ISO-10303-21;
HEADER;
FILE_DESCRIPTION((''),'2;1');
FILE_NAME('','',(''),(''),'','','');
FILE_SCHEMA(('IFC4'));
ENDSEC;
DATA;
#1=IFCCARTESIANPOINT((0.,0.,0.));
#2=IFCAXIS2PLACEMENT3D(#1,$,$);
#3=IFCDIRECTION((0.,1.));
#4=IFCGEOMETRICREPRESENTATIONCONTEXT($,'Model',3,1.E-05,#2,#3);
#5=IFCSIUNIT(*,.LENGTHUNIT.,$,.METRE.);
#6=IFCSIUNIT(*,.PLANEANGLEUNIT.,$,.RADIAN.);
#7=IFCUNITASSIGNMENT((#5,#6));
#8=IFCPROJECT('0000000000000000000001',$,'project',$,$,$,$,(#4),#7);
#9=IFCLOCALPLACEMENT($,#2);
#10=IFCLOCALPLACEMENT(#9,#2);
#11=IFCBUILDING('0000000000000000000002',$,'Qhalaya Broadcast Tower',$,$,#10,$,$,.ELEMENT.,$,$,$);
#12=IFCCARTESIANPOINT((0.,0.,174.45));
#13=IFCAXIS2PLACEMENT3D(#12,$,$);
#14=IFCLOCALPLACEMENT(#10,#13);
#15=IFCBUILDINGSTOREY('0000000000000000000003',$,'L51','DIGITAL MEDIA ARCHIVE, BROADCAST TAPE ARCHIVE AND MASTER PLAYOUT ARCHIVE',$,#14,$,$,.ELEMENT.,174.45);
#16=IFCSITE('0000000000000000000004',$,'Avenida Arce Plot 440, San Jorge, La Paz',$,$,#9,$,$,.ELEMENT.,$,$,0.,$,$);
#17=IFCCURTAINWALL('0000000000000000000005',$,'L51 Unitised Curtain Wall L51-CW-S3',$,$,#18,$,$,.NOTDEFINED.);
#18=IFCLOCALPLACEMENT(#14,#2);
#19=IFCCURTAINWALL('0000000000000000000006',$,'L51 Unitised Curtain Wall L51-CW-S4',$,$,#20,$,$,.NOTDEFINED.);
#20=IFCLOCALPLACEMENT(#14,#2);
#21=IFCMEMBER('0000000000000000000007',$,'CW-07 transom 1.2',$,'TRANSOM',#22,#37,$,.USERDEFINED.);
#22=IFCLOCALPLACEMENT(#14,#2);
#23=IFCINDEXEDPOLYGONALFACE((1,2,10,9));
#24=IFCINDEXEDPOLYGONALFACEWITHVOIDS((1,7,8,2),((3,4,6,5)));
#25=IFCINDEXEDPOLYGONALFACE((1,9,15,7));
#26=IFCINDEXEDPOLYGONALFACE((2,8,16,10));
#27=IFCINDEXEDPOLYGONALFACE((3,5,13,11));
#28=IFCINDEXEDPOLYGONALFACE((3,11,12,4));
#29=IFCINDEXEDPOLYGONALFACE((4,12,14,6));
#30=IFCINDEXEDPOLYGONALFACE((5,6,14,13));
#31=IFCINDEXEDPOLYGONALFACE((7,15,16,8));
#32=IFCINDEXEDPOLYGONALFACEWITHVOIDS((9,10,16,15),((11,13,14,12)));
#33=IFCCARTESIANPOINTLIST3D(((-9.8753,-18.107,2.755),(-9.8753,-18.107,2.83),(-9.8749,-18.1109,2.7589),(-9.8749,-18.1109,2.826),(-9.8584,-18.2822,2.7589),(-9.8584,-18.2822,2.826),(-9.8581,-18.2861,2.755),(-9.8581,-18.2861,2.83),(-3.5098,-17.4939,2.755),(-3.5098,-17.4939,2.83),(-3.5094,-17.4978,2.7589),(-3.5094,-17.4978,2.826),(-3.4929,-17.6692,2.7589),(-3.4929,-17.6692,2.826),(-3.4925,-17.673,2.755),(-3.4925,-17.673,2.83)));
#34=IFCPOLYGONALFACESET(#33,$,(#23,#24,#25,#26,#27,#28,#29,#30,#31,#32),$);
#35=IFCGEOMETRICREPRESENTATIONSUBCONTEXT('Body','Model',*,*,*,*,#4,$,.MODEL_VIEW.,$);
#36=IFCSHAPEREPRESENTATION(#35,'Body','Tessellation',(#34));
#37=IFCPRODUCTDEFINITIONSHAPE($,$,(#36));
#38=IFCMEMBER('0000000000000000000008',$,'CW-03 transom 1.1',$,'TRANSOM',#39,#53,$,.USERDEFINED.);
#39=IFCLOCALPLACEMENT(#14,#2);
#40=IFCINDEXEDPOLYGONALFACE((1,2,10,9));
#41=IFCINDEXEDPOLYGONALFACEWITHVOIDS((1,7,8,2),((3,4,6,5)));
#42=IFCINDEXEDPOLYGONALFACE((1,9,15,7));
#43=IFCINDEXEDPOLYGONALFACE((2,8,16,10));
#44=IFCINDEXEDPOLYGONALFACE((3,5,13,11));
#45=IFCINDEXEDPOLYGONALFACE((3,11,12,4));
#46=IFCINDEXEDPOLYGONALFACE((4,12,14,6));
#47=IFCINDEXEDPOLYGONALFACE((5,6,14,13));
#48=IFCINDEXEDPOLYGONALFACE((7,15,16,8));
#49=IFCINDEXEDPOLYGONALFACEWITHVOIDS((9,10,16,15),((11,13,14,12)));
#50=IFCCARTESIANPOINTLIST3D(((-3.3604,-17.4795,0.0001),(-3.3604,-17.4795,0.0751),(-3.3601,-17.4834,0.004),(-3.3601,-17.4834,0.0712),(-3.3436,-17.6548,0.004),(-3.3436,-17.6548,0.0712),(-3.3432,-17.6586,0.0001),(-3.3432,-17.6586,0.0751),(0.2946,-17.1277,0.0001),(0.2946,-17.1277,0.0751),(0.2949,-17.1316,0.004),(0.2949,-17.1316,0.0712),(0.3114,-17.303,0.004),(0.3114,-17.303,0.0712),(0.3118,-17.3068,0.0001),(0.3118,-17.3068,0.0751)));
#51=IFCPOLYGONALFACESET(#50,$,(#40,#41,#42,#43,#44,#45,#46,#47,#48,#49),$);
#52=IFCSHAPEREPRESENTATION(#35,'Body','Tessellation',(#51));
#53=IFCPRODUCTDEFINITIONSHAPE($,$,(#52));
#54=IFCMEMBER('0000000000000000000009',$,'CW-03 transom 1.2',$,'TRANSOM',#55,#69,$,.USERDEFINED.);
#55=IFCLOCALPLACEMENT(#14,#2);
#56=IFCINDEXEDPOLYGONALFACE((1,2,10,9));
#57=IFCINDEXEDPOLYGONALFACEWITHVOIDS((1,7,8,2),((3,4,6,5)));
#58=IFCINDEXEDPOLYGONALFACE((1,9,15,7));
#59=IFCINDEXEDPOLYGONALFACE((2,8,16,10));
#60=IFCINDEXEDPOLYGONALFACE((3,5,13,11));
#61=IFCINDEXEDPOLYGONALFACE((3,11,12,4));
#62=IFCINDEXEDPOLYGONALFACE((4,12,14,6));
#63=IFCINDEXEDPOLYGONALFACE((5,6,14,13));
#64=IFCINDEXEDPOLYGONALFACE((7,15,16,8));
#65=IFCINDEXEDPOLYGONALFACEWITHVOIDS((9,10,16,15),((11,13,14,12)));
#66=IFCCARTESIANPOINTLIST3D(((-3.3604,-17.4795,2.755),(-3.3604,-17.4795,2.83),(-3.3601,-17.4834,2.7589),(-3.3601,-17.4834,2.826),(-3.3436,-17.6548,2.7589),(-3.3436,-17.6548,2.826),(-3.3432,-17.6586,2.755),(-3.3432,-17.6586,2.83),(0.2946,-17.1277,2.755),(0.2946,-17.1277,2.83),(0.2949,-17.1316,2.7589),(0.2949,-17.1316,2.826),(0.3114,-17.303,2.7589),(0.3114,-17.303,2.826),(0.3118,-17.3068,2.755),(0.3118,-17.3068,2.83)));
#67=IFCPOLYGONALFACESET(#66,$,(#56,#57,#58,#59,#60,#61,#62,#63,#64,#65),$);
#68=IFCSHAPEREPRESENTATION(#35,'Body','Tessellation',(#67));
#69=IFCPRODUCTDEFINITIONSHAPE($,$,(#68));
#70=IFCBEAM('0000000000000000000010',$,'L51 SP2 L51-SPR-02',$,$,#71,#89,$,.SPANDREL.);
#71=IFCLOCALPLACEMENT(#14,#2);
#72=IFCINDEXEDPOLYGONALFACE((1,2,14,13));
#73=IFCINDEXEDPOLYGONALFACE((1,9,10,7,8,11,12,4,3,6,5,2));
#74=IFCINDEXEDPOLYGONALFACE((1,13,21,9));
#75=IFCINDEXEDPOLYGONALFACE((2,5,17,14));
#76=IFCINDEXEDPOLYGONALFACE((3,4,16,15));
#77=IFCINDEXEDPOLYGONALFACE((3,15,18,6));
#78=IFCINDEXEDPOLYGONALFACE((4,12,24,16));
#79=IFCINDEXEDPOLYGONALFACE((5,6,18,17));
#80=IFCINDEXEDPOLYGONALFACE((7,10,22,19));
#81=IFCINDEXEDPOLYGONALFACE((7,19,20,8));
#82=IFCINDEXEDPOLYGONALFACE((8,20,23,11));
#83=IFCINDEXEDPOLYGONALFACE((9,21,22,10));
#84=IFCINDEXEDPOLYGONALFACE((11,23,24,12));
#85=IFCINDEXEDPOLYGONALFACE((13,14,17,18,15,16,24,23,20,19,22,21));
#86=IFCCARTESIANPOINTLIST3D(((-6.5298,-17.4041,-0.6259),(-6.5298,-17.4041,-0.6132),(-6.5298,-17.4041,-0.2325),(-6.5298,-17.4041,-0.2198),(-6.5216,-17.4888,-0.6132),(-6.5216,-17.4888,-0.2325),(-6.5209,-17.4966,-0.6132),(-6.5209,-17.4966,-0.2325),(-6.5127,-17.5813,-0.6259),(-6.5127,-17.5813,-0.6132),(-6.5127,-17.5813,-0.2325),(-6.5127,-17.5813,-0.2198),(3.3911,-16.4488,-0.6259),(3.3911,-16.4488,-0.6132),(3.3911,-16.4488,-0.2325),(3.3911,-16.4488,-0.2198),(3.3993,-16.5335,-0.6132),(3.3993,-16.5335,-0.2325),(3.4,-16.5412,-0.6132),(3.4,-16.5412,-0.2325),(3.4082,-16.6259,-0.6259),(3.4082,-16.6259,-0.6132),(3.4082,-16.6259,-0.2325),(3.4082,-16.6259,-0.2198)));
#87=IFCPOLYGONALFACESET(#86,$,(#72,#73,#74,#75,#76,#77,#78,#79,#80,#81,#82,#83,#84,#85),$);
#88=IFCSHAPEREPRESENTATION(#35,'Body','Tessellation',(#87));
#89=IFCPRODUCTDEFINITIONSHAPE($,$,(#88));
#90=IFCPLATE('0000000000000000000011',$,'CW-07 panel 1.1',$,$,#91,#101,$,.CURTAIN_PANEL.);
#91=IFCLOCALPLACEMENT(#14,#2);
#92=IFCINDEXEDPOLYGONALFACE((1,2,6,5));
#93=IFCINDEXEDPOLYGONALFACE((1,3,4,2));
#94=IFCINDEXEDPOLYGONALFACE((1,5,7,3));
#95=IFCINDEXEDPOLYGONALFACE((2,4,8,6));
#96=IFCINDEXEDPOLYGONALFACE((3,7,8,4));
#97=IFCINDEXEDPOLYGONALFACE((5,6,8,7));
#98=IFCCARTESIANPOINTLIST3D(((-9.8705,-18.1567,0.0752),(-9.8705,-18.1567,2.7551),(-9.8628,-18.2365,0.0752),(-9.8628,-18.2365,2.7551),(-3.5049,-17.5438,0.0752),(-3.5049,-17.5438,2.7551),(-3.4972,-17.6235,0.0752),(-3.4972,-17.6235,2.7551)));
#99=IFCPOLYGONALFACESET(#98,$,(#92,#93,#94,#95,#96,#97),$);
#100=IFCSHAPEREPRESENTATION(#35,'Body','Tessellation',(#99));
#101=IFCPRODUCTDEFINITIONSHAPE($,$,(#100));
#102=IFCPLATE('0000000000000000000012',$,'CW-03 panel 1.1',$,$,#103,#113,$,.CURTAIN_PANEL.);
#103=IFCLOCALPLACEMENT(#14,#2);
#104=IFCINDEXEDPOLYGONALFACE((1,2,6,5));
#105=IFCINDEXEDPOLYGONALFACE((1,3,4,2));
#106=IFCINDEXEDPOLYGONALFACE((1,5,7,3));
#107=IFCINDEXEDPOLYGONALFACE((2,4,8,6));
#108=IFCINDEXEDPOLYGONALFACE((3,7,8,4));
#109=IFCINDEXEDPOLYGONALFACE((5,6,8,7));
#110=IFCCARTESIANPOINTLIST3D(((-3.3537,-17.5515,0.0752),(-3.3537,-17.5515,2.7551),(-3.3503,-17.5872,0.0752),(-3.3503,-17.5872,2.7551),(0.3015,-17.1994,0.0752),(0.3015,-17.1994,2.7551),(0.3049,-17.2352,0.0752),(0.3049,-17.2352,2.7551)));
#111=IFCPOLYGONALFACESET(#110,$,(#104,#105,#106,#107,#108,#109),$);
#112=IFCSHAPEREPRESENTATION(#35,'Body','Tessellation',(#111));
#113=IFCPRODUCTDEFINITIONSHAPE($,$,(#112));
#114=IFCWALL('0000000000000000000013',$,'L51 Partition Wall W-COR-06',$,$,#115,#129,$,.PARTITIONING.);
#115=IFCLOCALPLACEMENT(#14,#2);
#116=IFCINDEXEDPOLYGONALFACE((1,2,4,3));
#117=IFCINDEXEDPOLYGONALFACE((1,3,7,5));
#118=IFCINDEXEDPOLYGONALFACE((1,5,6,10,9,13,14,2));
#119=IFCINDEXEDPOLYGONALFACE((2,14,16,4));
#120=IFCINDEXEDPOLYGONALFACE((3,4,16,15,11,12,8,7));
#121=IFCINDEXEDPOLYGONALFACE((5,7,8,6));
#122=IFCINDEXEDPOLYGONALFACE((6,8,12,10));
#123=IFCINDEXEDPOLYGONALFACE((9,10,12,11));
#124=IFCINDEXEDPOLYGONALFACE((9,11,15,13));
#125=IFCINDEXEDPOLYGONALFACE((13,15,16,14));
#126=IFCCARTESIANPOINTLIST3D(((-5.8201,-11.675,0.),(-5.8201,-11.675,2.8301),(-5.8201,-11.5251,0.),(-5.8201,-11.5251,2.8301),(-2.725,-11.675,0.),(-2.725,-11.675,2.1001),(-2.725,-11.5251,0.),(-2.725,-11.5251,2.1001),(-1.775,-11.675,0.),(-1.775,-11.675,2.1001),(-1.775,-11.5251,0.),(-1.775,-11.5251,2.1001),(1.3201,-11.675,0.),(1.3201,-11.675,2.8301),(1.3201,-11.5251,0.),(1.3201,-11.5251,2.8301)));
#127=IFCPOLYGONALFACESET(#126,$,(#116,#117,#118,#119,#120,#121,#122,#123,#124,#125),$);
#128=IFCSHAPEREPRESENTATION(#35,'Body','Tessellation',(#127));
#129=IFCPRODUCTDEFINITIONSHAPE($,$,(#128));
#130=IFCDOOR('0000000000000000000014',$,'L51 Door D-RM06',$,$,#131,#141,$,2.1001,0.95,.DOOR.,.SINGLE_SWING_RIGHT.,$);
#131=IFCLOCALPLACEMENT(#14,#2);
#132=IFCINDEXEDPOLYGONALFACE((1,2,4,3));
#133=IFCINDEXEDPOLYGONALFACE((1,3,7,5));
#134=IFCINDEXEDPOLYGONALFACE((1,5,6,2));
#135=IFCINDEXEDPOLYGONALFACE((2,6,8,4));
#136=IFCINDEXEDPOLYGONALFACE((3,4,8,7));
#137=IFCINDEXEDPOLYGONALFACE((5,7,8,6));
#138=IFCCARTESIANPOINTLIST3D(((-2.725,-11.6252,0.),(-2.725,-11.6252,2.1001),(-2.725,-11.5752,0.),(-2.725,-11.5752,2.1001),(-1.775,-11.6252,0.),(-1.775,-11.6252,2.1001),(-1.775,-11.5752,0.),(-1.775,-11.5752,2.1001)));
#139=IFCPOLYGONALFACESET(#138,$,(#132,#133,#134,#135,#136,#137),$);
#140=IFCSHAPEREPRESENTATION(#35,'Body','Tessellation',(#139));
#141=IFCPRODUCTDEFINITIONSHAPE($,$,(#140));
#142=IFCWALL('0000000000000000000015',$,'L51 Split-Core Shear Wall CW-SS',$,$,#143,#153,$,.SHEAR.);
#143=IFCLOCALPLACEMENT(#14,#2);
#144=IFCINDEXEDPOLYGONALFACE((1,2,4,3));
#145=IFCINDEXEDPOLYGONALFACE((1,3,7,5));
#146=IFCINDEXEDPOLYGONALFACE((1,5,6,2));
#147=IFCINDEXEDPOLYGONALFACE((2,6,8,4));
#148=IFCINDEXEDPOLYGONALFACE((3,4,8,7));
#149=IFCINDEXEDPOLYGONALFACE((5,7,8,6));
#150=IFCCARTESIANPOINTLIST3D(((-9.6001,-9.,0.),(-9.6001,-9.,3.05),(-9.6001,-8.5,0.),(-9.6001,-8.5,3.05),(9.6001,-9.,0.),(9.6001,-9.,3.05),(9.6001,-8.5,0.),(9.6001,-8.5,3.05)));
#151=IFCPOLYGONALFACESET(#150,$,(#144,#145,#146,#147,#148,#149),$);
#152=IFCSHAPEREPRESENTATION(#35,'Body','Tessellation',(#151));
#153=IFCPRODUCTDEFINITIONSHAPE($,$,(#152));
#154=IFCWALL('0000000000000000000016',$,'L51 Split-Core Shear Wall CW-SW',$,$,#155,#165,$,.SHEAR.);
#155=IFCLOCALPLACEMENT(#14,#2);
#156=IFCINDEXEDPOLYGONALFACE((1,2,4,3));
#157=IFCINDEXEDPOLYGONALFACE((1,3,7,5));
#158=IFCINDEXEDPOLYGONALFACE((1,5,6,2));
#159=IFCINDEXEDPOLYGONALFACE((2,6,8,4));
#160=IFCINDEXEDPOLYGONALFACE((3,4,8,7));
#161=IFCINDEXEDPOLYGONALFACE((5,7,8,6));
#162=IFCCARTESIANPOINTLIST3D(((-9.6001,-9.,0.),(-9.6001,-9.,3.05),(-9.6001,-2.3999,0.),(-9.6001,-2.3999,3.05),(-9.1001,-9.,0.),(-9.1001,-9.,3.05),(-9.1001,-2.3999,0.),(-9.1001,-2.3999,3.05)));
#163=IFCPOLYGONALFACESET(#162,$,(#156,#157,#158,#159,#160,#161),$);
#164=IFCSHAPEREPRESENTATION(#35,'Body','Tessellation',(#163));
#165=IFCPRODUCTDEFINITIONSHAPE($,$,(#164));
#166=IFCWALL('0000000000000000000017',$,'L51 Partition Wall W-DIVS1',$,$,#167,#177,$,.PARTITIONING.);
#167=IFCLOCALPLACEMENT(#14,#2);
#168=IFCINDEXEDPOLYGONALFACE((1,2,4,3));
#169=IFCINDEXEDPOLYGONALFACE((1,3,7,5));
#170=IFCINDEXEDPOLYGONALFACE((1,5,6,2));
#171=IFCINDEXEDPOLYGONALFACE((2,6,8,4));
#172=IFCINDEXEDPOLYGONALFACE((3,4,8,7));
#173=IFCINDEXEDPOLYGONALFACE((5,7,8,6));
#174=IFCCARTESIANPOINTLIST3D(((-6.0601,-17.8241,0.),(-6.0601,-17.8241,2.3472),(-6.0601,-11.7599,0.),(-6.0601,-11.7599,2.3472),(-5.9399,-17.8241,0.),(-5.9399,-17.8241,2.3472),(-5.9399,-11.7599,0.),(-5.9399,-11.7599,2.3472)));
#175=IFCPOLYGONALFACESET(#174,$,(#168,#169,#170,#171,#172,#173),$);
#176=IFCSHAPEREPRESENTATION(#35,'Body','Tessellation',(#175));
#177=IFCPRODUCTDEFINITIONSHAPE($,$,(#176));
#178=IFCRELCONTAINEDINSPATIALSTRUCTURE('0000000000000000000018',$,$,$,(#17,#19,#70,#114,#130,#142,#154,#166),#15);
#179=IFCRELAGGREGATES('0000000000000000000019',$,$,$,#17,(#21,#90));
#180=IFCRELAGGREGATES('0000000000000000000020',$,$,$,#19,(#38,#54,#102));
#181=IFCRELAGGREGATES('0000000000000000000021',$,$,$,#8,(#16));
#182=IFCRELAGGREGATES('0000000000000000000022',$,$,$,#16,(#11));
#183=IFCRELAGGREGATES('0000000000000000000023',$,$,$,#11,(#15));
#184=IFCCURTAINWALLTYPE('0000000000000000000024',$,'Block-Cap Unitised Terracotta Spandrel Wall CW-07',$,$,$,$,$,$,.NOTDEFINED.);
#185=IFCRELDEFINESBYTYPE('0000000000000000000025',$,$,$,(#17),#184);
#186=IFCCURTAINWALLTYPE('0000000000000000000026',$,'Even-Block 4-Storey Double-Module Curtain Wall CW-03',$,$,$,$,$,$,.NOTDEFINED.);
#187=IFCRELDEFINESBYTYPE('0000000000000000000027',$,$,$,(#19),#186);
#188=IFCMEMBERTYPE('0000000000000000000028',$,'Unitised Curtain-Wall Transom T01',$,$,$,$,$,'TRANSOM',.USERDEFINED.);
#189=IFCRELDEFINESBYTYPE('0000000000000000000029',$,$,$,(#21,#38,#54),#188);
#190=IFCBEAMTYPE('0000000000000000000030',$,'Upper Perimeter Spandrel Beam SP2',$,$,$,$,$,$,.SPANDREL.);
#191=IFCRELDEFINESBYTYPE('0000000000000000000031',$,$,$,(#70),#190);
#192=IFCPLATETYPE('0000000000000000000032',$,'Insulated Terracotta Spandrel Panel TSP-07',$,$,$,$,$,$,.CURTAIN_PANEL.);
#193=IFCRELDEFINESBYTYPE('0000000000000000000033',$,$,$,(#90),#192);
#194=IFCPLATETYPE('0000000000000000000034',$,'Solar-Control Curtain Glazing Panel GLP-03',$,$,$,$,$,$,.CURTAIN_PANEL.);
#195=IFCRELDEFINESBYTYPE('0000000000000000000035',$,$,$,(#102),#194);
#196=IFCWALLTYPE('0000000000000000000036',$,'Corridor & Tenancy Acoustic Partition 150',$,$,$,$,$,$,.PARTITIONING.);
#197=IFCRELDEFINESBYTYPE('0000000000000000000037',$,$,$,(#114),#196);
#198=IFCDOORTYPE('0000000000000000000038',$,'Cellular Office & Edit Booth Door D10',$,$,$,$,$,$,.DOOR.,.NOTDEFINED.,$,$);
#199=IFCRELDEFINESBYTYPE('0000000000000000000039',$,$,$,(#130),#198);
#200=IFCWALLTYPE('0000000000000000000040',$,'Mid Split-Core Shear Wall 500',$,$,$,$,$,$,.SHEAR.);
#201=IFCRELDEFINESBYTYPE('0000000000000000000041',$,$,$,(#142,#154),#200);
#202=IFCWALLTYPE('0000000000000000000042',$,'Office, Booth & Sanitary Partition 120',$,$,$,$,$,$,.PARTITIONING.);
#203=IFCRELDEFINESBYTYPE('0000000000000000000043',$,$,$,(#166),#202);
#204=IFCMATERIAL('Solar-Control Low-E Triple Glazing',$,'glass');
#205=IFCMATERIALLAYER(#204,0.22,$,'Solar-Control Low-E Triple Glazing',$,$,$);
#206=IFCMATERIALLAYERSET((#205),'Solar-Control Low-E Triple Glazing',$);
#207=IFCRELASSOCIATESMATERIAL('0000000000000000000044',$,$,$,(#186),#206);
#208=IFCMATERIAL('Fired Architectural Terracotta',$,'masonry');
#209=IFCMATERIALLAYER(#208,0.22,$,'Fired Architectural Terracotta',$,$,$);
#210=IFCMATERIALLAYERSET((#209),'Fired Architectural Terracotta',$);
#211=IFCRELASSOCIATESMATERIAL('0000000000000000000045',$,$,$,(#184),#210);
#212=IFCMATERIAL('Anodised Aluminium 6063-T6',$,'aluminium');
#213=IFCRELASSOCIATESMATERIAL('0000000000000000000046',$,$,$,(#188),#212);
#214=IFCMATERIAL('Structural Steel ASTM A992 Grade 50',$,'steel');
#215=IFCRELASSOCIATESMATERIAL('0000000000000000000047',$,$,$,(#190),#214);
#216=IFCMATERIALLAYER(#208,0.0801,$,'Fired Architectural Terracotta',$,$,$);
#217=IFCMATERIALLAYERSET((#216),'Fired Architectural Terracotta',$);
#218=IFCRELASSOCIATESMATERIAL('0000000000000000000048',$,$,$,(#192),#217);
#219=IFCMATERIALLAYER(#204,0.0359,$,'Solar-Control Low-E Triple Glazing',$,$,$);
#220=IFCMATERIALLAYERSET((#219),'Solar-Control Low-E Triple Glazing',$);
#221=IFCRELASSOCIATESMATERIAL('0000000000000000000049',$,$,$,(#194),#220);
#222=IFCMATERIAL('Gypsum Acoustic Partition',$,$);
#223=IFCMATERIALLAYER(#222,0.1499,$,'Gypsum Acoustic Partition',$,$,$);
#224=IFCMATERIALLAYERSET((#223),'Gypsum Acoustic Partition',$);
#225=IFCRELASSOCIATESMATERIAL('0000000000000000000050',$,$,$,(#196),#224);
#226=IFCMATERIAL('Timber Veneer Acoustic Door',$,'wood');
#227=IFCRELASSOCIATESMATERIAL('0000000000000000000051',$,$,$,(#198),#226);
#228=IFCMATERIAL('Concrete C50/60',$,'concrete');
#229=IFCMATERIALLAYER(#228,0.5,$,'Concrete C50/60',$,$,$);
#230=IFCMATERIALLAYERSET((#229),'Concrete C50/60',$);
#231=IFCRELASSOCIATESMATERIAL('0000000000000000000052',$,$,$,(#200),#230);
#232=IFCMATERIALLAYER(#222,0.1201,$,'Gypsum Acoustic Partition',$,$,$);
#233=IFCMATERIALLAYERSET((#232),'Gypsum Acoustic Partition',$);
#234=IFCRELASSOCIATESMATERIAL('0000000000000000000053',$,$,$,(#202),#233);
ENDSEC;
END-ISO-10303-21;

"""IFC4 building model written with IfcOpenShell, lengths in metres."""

from ifc_helpers import new_model, si_unit, direction, frame, frame_2d, origin, origin_2d, place, context, subcontext, project, spatial, rectangle, hollow_rectangle, i_section, extrude, material, layer, layer_set, material_profile, profile_set, type_object, element, fill, aggregate, save


model = new_model("IFC4")

# Units and contexts
model_context = context("Model", 3, precision=1e-05, world=origin(), true_north=direction((0.0, 1.0)))
body_context = subcontext(model_context, "Body", "Model", "MODEL_VIEW")
ifc_project = project(units=[si_unit("LENGTHUNIT", "METRE"), si_unit("PLANEANGLEUNIT", "RADIAN")], contexts=[model_context])

# Site, building, storey
site_placement = place(None, origin())
site = spatial("IfcSite", under=ifc_project, at=site_placement, Name="Avenida Arce Plot 440, San Jorge, La Paz", CompositionType="ELEMENT", RefElevation=0.0)
building_placement = place(site_placement, origin())
building = spatial("IfcBuilding", under=site, at=building_placement, Name="Qhalaya Broadcast Tower", CompositionType="ELEMENT")
storey_placement = place(building_placement, frame((0.0, 0.0, 174.45)))
storey = spatial("IfcBuildingStorey", under=building, at=storey_placement, Name="L51", Description="DIGITAL MEDIA ARCHIVE, BROADCAST TAPE ARCHIVE AND MASTER PLAYOUT ARCHIVE", CompositionType="ELEMENT", Elevation=174.45)

# Shared definitions
ifc_material_1 = material(Name="Structural Steel ASTM A992 Grade 50", Category="steel")

# Shared definitions
ifc_material_2 = material(Name="Solar-Control Low-E Triple Glazing", Category="glass")
ifc_layer_1 = layer(ifc_material_2, 0.22, Name="Solar-Control Low-E Triple Glazing")
ifc_layer_set_1 = layer_set([ifc_layer_1], Name="Solar-Control Low-E Triple Glazing")
curtain_wall_type_1 = type_object("IfcCurtainWallType", Name="Even-Block 4-Storey Double-Module Curtain Wall CW-03", PredefinedType="NOTDEFINED", material=ifc_layer_set_1)
ifc_material_3 = material(Name="Anodised Aluminium 6063-T6", Category="aluminium")

# Curtain wall
ifc_material_4 = material(Name="Fired Architectural Terracotta", Category="masonry")
ifc_layer_2 = layer(ifc_material_4, 0.22, Name="Fired Architectural Terracotta")
ifc_layer_set_2 = layer_set([ifc_layer_2], Name="Fired Architectural Terracotta")
curtain_wall_type_2 = type_object("IfcCurtainWallType", Name="Block-Cap Unitised Terracotta Spandrel Wall CW-07", PredefinedType="NOTDEFINED", material=ifc_layer_set_2)
curtain_wall_1_placement = place(storey_placement, origin())
curtain_wall_1 = element("IfcCurtainWall", 1, at=curtain_wall_1_placement, inside=storey, type_object=curtain_wall_type_2, Name="L51 Unitised Curtain Wall L51-CW-S3", PredefinedType="NOTDEFINED")

# Curtain wall
curtain_wall_2_placement = place(storey_placement, origin())
curtain_wall_2 = element("IfcCurtainWall", 2, at=curtain_wall_2_placement, inside=storey, type_object=curtain_wall_type_1, Name="L51 Unitised Curtain Wall L51-CW-S4", PredefinedType="NOTDEFINED")

# Members
ifc_material_profile_1 = material_profile(ifc_material_3, hollow_rectangle(XDim=0.075, YDim=0.1799, WallThickness=0.0039, at=origin_2d()), Name="ALU-TRN 75x180x4")
ifc_profile_set_1 = profile_set([ifc_material_profile_1], Name="Anodised Aluminium 6063-T6")
member_type_1 = type_object("IfcMemberType", Name="Unitised Curtain-Wall Transom T01", ElementType="TRANSOM", PredefinedType="USERDEFINED", material=ifc_profile_set_1)
member_1_placement = place(storey_placement, frame((-9.8667, -18.1965, 2.7925), z_axis=(0.995395, 0.095863, 0.0), x_axis=(0.0, 0.0, 1.0)))
member_1 = element("IfcMember", 3, at=member_1_placement, type_object=member_type_1, Name="CW-07 transom 1.2", ObjectType="TRANSOM", PredefinedType="USERDEFINED", context=body_context, shape_type="SweptSolid", body=[
    extrude(hollow_rectangle(XDim=0.075, YDim=0.1799, WallThickness=0.0039, at=origin_2d()), origin(), (0.0, 0.0, 1.0), 6.395),
])
member_2_placement = place(storey_placement, frame((-3.3518, -17.5691, 0.0376), z_axis=(0.9954, 0.09581, 0.0), x_axis=(0.0, 0.0, 1.0)))
member_2 = element("IfcMember", 4, at=member_2_placement, type_object=member_type_1, Name="CW-03 transom 1.1", ObjectType="TRANSOM", PredefinedType="USERDEFINED", context=body_context, shape_type="SweptSolid", body=[
    extrude(hollow_rectangle(XDim=0.075, YDim=0.1799, WallThickness=0.0039, at=origin_2d()), origin(), (0.0, 0.0, 1.0), 3.6719),
])
member_3_placement = place(storey_placement, frame((-3.3518, -17.5691, 2.7925), z_axis=(0.9954, 0.09581, 0.0), x_axis=(0.0, 0.0, 1.0)))
member_3 = element("IfcMember", 5, at=member_3_placement, type_object=member_type_1, Name="CW-03 transom 1.2", ObjectType="TRANSOM", PredefinedType="USERDEFINED", context=body_context, shape_type="SweptSolid", body=[
    extrude(hollow_rectangle(XDim=0.075, YDim=0.1799, WallThickness=0.0039, at=origin_2d()), origin(), (0.0, 0.0, 1.0), 3.6719),
])

# Beam
ifc_material_profile_2 = material_profile(ifc_material_1, i_section(OverallWidth=0.178, OverallDepth=0.406, WebThickness=0.0078, FlangeThickness=0.0127, at=origin_2d()), Name="W16X40")
ifc_profile_set_2 = profile_set([ifc_material_profile_2], Name="Structural Steel ASTM A992 Grade 50")
beam_type_1 = type_object("IfcBeamType", Name="Upper Perimeter Spandrel Beam SP2", PredefinedType="SPANDREL", material=ifc_profile_set_2)
beam_1_placement = place(storey_placement, frame((-6.5212, -17.4927, -0.4229), z_axis=(0.995396, 0.095851, 0.0), x_axis=(-0.095851, 0.995396, 0.0)))
element("IfcBeam", 6, at=beam_1_placement, inside=storey, type_object=beam_type_1, Name="L51 SP2 L51-SPR-02", PredefinedType="SPANDREL", context=body_context, shape_type="SweptSolid", body=[
    extrude(i_section(OverallWidth=0.178, OverallDepth=0.406, WebThickness=0.0078, FlangeThickness=0.0127, at=origin_2d()), origin(), (0.0, 0.0, 1.0), 9.9668),
])

# Plates
ifc_layer_3 = layer(ifc_material_4, 0.0801, Name="Fired Architectural Terracotta")
ifc_layer_set_3 = layer_set([ifc_layer_3], Name="Fired Architectural Terracotta")
plate_type_1 = type_object("IfcPlateType", Name="Insulated Terracotta Spandrel Panel TSP-07", PredefinedType="CURTAIN_PANEL", material=ifc_layer_set_3)
plate_1_placement = place(storey_placement, frame((-6.6838, -17.8901, 0.0752), z_axis=(0.0, 0.0, 1.0), x_axis=(0.995396, 0.095844, 0.0)))
plate_1 = element("IfcPlate", 7, at=plate_1_placement, type_object=plate_type_1, Name="CW-07 panel 1.1", PredefinedType="CURTAIN_PANEL", context=body_context, shape_type="SweptSolid", body=[
    extrude(rectangle(XDim=6.395, YDim=0.0801, at=origin_2d()), origin(), (0.0, 0.0, 1.0), 2.6799),
])
aggregate(curtain_wall_1, [member_1, plate_1])
ifc_layer_4 = layer(ifc_material_2, 0.0359, Name="Solar-Control Low-E Triple Glazing")
ifc_layer_set_4 = layer_set([ifc_layer_4], Name="Solar-Control Low-E Triple Glazing")
plate_type_2 = type_object("IfcPlateType", Name="Solar-Control Curtain Glazing Panel GLP-03", PredefinedType="CURTAIN_PANEL", material=ifc_layer_set_4)
plate_2_placement = place(storey_placement, frame((-1.5244, -17.3933, 0.0752), z_axis=(0.0, 0.0, 1.0), x_axis=(0.995394, 0.095866, 0.0)))
plate_2 = element("IfcPlate", 8, at=plate_2_placement, type_object=plate_type_2, Name="CW-03 panel 1.1", PredefinedType="CURTAIN_PANEL", context=body_context, shape_type="SweptSolid", body=[
    extrude(rectangle(XDim=3.6721, YDim=0.0359, at=origin_2d()), origin(), (0.0, 0.0, 1.0), 2.6799),
])
aggregate(curtain_wall_2, [member_2, member_3, plate_2])

# Wall, opening, door
ifc_material_5 = material(Name="Gypsum Acoustic Partition")
ifc_layer_5 = layer(ifc_material_5, 0.1499, Name="Gypsum Acoustic Partition")
ifc_layer_set_5 = layer_set([ifc_layer_5], Name="Gypsum Acoustic Partition")
wall_type_1 = type_object("IfcWallType", Name="Corridor & Tenancy Acoustic Partition 150", PredefinedType="PARTITIONING", material=ifc_layer_set_5)
wall_1_placement = place(storey_placement, frame((-5.8201, -11.6001, 0.0), z_axis=(0.0, 0.0, 1.0), x_axis=(1.0, 0.0, 0.0)))
wall_1 = element("IfcWall", 9, at=wall_1_placement, inside=storey, type_object=wall_type_1, Name="L51 Partition Wall W-COR-06", PredefinedType="PARTITIONING", context=body_context, shape_type="SweptSolid", body=[
    extrude(rectangle(XDim=7.1401, YDim=0.1499, at=frame_2d((3.5701, 0.0))), origin(), (0.0, 0.0, 1.0), 2.8301),
])
opening_placement = place(wall_1_placement, frame((3.095, 0.0, 0.0)))
opening = element("IfcOpeningElement", 10, at=opening_placement, cuts=wall_1, PredefinedType="OPENING", context=body_context, shape_type="SweptSolid", body=[
    extrude(rectangle(XDim=0.95, YDim=2.1001, at=frame_2d((0.4751, 1.05))), frame((0.0, 0.0869, 0.0), z_axis=(0.0, -1.0, 0.0), x_axis=(1.0, 0.0, 0.0)), (0.0, 0.0, 1.0), 0.1738),
])
ifc_material_6 = material(Name="Timber Veneer Acoustic Door", Category="wood")
door_type = type_object("IfcDoorType", Name="Cellular Office & Edit Booth Door D10", OperationType="NOTDEFINED", PredefinedType="DOOR", material=ifc_material_6)
door_placement = place(opening_placement, origin())
door = element("IfcDoor", 11, at=door_placement, inside=storey, type_object=door_type, Name="L51 Door D-RM06", OperationType="SINGLE_SWING_RIGHT", OverallHeight=2.1001, OverallWidth=0.95, PredefinedType="DOOR", context=body_context, shape_type="SweptSolid", body=[
    extrude(rectangle(XDim=0.95, YDim=2.1001, at=frame_2d((0.4751, 1.05))), frame((0.0, 0.0249, 0.0), z_axis=(0.0, -1.0, 0.0), x_axis=(1.0, 0.0, 0.0)), (0.0, 0.0, 1.0), 0.05),
])
fill(opening, door)

# Walls
ifc_material_7 = material(Name="Concrete C50/60", Category="concrete")
ifc_layer_6 = layer(ifc_material_7, 0.5, Name="Concrete C50/60")
ifc_layer_set_6 = layer_set([ifc_layer_6], Name="Concrete C50/60")
wall_type_2 = type_object("IfcWallType", Name="Mid Split-Core Shear Wall 500", PredefinedType="SHEAR", material=ifc_layer_set_6)
wall_2_placement = place(storey_placement, frame((-9.6001, -8.75, 0.0), z_axis=(0.0, 0.0, 1.0), x_axis=(1.0, 0.0, 0.0)))
element("IfcWall", 12, at=wall_2_placement, inside=storey, type_object=wall_type_2, Name="L51 Split-Core Shear Wall CW-SS", PredefinedType="SHEAR", context=body_context, shape_type="SweptSolid", body=[
    extrude(rectangle(XDim=19.2002, YDim=0.5, at=frame_2d((9.6001, 0.0))), origin(), (0.0, 0.0, 1.0), 3.05),
])
wall_3_placement = place(storey_placement, frame((-9.3501, -9.0, 0.0), z_axis=(0.0, 0.0, 1.0), x_axis=(0.0, 1.0, 0.0)))
element("IfcWall", 13, at=wall_3_placement, inside=storey, type_object=wall_type_2, Name="L51 Split-Core Shear Wall CW-SW", PredefinedType="SHEAR", context=body_context, shape_type="SweptSolid", body=[
    extrude(rectangle(XDim=6.6001, YDim=0.5, at=frame_2d((3.3, 0.0))), origin(), (0.0, 0.0, 1.0), 3.05),
])
ifc_layer_7 = layer(ifc_material_5, 0.1201, Name="Gypsum Acoustic Partition")
ifc_layer_set_7 = layer_set([ifc_layer_7], Name="Gypsum Acoustic Partition")
wall_type_3 = type_object("IfcWallType", Name="Office, Booth & Sanitary Partition 120", PredefinedType="PARTITIONING", material=ifc_layer_set_7)
wall_4_placement = place(storey_placement, frame((-6.0, -17.8242, 0.0), z_axis=(0.0, 0.0, 1.0), x_axis=(0.0, 1.0, 0.0)))
element("IfcWall", 14, at=wall_4_placement, inside=storey, type_object=wall_type_3, Name="L51 Partition Wall W-DIVS1", PredefinedType="PARTITIONING", context=body_context, shape_type="SweptSolid", body=[
    extrude(rectangle(XDim=6.0642, YDim=0.1201, at=frame_2d((3.0322, 0.0))), origin(), (0.0, 0.0, 1.0), 2.3472),
])

save(model, "model.ifc")
